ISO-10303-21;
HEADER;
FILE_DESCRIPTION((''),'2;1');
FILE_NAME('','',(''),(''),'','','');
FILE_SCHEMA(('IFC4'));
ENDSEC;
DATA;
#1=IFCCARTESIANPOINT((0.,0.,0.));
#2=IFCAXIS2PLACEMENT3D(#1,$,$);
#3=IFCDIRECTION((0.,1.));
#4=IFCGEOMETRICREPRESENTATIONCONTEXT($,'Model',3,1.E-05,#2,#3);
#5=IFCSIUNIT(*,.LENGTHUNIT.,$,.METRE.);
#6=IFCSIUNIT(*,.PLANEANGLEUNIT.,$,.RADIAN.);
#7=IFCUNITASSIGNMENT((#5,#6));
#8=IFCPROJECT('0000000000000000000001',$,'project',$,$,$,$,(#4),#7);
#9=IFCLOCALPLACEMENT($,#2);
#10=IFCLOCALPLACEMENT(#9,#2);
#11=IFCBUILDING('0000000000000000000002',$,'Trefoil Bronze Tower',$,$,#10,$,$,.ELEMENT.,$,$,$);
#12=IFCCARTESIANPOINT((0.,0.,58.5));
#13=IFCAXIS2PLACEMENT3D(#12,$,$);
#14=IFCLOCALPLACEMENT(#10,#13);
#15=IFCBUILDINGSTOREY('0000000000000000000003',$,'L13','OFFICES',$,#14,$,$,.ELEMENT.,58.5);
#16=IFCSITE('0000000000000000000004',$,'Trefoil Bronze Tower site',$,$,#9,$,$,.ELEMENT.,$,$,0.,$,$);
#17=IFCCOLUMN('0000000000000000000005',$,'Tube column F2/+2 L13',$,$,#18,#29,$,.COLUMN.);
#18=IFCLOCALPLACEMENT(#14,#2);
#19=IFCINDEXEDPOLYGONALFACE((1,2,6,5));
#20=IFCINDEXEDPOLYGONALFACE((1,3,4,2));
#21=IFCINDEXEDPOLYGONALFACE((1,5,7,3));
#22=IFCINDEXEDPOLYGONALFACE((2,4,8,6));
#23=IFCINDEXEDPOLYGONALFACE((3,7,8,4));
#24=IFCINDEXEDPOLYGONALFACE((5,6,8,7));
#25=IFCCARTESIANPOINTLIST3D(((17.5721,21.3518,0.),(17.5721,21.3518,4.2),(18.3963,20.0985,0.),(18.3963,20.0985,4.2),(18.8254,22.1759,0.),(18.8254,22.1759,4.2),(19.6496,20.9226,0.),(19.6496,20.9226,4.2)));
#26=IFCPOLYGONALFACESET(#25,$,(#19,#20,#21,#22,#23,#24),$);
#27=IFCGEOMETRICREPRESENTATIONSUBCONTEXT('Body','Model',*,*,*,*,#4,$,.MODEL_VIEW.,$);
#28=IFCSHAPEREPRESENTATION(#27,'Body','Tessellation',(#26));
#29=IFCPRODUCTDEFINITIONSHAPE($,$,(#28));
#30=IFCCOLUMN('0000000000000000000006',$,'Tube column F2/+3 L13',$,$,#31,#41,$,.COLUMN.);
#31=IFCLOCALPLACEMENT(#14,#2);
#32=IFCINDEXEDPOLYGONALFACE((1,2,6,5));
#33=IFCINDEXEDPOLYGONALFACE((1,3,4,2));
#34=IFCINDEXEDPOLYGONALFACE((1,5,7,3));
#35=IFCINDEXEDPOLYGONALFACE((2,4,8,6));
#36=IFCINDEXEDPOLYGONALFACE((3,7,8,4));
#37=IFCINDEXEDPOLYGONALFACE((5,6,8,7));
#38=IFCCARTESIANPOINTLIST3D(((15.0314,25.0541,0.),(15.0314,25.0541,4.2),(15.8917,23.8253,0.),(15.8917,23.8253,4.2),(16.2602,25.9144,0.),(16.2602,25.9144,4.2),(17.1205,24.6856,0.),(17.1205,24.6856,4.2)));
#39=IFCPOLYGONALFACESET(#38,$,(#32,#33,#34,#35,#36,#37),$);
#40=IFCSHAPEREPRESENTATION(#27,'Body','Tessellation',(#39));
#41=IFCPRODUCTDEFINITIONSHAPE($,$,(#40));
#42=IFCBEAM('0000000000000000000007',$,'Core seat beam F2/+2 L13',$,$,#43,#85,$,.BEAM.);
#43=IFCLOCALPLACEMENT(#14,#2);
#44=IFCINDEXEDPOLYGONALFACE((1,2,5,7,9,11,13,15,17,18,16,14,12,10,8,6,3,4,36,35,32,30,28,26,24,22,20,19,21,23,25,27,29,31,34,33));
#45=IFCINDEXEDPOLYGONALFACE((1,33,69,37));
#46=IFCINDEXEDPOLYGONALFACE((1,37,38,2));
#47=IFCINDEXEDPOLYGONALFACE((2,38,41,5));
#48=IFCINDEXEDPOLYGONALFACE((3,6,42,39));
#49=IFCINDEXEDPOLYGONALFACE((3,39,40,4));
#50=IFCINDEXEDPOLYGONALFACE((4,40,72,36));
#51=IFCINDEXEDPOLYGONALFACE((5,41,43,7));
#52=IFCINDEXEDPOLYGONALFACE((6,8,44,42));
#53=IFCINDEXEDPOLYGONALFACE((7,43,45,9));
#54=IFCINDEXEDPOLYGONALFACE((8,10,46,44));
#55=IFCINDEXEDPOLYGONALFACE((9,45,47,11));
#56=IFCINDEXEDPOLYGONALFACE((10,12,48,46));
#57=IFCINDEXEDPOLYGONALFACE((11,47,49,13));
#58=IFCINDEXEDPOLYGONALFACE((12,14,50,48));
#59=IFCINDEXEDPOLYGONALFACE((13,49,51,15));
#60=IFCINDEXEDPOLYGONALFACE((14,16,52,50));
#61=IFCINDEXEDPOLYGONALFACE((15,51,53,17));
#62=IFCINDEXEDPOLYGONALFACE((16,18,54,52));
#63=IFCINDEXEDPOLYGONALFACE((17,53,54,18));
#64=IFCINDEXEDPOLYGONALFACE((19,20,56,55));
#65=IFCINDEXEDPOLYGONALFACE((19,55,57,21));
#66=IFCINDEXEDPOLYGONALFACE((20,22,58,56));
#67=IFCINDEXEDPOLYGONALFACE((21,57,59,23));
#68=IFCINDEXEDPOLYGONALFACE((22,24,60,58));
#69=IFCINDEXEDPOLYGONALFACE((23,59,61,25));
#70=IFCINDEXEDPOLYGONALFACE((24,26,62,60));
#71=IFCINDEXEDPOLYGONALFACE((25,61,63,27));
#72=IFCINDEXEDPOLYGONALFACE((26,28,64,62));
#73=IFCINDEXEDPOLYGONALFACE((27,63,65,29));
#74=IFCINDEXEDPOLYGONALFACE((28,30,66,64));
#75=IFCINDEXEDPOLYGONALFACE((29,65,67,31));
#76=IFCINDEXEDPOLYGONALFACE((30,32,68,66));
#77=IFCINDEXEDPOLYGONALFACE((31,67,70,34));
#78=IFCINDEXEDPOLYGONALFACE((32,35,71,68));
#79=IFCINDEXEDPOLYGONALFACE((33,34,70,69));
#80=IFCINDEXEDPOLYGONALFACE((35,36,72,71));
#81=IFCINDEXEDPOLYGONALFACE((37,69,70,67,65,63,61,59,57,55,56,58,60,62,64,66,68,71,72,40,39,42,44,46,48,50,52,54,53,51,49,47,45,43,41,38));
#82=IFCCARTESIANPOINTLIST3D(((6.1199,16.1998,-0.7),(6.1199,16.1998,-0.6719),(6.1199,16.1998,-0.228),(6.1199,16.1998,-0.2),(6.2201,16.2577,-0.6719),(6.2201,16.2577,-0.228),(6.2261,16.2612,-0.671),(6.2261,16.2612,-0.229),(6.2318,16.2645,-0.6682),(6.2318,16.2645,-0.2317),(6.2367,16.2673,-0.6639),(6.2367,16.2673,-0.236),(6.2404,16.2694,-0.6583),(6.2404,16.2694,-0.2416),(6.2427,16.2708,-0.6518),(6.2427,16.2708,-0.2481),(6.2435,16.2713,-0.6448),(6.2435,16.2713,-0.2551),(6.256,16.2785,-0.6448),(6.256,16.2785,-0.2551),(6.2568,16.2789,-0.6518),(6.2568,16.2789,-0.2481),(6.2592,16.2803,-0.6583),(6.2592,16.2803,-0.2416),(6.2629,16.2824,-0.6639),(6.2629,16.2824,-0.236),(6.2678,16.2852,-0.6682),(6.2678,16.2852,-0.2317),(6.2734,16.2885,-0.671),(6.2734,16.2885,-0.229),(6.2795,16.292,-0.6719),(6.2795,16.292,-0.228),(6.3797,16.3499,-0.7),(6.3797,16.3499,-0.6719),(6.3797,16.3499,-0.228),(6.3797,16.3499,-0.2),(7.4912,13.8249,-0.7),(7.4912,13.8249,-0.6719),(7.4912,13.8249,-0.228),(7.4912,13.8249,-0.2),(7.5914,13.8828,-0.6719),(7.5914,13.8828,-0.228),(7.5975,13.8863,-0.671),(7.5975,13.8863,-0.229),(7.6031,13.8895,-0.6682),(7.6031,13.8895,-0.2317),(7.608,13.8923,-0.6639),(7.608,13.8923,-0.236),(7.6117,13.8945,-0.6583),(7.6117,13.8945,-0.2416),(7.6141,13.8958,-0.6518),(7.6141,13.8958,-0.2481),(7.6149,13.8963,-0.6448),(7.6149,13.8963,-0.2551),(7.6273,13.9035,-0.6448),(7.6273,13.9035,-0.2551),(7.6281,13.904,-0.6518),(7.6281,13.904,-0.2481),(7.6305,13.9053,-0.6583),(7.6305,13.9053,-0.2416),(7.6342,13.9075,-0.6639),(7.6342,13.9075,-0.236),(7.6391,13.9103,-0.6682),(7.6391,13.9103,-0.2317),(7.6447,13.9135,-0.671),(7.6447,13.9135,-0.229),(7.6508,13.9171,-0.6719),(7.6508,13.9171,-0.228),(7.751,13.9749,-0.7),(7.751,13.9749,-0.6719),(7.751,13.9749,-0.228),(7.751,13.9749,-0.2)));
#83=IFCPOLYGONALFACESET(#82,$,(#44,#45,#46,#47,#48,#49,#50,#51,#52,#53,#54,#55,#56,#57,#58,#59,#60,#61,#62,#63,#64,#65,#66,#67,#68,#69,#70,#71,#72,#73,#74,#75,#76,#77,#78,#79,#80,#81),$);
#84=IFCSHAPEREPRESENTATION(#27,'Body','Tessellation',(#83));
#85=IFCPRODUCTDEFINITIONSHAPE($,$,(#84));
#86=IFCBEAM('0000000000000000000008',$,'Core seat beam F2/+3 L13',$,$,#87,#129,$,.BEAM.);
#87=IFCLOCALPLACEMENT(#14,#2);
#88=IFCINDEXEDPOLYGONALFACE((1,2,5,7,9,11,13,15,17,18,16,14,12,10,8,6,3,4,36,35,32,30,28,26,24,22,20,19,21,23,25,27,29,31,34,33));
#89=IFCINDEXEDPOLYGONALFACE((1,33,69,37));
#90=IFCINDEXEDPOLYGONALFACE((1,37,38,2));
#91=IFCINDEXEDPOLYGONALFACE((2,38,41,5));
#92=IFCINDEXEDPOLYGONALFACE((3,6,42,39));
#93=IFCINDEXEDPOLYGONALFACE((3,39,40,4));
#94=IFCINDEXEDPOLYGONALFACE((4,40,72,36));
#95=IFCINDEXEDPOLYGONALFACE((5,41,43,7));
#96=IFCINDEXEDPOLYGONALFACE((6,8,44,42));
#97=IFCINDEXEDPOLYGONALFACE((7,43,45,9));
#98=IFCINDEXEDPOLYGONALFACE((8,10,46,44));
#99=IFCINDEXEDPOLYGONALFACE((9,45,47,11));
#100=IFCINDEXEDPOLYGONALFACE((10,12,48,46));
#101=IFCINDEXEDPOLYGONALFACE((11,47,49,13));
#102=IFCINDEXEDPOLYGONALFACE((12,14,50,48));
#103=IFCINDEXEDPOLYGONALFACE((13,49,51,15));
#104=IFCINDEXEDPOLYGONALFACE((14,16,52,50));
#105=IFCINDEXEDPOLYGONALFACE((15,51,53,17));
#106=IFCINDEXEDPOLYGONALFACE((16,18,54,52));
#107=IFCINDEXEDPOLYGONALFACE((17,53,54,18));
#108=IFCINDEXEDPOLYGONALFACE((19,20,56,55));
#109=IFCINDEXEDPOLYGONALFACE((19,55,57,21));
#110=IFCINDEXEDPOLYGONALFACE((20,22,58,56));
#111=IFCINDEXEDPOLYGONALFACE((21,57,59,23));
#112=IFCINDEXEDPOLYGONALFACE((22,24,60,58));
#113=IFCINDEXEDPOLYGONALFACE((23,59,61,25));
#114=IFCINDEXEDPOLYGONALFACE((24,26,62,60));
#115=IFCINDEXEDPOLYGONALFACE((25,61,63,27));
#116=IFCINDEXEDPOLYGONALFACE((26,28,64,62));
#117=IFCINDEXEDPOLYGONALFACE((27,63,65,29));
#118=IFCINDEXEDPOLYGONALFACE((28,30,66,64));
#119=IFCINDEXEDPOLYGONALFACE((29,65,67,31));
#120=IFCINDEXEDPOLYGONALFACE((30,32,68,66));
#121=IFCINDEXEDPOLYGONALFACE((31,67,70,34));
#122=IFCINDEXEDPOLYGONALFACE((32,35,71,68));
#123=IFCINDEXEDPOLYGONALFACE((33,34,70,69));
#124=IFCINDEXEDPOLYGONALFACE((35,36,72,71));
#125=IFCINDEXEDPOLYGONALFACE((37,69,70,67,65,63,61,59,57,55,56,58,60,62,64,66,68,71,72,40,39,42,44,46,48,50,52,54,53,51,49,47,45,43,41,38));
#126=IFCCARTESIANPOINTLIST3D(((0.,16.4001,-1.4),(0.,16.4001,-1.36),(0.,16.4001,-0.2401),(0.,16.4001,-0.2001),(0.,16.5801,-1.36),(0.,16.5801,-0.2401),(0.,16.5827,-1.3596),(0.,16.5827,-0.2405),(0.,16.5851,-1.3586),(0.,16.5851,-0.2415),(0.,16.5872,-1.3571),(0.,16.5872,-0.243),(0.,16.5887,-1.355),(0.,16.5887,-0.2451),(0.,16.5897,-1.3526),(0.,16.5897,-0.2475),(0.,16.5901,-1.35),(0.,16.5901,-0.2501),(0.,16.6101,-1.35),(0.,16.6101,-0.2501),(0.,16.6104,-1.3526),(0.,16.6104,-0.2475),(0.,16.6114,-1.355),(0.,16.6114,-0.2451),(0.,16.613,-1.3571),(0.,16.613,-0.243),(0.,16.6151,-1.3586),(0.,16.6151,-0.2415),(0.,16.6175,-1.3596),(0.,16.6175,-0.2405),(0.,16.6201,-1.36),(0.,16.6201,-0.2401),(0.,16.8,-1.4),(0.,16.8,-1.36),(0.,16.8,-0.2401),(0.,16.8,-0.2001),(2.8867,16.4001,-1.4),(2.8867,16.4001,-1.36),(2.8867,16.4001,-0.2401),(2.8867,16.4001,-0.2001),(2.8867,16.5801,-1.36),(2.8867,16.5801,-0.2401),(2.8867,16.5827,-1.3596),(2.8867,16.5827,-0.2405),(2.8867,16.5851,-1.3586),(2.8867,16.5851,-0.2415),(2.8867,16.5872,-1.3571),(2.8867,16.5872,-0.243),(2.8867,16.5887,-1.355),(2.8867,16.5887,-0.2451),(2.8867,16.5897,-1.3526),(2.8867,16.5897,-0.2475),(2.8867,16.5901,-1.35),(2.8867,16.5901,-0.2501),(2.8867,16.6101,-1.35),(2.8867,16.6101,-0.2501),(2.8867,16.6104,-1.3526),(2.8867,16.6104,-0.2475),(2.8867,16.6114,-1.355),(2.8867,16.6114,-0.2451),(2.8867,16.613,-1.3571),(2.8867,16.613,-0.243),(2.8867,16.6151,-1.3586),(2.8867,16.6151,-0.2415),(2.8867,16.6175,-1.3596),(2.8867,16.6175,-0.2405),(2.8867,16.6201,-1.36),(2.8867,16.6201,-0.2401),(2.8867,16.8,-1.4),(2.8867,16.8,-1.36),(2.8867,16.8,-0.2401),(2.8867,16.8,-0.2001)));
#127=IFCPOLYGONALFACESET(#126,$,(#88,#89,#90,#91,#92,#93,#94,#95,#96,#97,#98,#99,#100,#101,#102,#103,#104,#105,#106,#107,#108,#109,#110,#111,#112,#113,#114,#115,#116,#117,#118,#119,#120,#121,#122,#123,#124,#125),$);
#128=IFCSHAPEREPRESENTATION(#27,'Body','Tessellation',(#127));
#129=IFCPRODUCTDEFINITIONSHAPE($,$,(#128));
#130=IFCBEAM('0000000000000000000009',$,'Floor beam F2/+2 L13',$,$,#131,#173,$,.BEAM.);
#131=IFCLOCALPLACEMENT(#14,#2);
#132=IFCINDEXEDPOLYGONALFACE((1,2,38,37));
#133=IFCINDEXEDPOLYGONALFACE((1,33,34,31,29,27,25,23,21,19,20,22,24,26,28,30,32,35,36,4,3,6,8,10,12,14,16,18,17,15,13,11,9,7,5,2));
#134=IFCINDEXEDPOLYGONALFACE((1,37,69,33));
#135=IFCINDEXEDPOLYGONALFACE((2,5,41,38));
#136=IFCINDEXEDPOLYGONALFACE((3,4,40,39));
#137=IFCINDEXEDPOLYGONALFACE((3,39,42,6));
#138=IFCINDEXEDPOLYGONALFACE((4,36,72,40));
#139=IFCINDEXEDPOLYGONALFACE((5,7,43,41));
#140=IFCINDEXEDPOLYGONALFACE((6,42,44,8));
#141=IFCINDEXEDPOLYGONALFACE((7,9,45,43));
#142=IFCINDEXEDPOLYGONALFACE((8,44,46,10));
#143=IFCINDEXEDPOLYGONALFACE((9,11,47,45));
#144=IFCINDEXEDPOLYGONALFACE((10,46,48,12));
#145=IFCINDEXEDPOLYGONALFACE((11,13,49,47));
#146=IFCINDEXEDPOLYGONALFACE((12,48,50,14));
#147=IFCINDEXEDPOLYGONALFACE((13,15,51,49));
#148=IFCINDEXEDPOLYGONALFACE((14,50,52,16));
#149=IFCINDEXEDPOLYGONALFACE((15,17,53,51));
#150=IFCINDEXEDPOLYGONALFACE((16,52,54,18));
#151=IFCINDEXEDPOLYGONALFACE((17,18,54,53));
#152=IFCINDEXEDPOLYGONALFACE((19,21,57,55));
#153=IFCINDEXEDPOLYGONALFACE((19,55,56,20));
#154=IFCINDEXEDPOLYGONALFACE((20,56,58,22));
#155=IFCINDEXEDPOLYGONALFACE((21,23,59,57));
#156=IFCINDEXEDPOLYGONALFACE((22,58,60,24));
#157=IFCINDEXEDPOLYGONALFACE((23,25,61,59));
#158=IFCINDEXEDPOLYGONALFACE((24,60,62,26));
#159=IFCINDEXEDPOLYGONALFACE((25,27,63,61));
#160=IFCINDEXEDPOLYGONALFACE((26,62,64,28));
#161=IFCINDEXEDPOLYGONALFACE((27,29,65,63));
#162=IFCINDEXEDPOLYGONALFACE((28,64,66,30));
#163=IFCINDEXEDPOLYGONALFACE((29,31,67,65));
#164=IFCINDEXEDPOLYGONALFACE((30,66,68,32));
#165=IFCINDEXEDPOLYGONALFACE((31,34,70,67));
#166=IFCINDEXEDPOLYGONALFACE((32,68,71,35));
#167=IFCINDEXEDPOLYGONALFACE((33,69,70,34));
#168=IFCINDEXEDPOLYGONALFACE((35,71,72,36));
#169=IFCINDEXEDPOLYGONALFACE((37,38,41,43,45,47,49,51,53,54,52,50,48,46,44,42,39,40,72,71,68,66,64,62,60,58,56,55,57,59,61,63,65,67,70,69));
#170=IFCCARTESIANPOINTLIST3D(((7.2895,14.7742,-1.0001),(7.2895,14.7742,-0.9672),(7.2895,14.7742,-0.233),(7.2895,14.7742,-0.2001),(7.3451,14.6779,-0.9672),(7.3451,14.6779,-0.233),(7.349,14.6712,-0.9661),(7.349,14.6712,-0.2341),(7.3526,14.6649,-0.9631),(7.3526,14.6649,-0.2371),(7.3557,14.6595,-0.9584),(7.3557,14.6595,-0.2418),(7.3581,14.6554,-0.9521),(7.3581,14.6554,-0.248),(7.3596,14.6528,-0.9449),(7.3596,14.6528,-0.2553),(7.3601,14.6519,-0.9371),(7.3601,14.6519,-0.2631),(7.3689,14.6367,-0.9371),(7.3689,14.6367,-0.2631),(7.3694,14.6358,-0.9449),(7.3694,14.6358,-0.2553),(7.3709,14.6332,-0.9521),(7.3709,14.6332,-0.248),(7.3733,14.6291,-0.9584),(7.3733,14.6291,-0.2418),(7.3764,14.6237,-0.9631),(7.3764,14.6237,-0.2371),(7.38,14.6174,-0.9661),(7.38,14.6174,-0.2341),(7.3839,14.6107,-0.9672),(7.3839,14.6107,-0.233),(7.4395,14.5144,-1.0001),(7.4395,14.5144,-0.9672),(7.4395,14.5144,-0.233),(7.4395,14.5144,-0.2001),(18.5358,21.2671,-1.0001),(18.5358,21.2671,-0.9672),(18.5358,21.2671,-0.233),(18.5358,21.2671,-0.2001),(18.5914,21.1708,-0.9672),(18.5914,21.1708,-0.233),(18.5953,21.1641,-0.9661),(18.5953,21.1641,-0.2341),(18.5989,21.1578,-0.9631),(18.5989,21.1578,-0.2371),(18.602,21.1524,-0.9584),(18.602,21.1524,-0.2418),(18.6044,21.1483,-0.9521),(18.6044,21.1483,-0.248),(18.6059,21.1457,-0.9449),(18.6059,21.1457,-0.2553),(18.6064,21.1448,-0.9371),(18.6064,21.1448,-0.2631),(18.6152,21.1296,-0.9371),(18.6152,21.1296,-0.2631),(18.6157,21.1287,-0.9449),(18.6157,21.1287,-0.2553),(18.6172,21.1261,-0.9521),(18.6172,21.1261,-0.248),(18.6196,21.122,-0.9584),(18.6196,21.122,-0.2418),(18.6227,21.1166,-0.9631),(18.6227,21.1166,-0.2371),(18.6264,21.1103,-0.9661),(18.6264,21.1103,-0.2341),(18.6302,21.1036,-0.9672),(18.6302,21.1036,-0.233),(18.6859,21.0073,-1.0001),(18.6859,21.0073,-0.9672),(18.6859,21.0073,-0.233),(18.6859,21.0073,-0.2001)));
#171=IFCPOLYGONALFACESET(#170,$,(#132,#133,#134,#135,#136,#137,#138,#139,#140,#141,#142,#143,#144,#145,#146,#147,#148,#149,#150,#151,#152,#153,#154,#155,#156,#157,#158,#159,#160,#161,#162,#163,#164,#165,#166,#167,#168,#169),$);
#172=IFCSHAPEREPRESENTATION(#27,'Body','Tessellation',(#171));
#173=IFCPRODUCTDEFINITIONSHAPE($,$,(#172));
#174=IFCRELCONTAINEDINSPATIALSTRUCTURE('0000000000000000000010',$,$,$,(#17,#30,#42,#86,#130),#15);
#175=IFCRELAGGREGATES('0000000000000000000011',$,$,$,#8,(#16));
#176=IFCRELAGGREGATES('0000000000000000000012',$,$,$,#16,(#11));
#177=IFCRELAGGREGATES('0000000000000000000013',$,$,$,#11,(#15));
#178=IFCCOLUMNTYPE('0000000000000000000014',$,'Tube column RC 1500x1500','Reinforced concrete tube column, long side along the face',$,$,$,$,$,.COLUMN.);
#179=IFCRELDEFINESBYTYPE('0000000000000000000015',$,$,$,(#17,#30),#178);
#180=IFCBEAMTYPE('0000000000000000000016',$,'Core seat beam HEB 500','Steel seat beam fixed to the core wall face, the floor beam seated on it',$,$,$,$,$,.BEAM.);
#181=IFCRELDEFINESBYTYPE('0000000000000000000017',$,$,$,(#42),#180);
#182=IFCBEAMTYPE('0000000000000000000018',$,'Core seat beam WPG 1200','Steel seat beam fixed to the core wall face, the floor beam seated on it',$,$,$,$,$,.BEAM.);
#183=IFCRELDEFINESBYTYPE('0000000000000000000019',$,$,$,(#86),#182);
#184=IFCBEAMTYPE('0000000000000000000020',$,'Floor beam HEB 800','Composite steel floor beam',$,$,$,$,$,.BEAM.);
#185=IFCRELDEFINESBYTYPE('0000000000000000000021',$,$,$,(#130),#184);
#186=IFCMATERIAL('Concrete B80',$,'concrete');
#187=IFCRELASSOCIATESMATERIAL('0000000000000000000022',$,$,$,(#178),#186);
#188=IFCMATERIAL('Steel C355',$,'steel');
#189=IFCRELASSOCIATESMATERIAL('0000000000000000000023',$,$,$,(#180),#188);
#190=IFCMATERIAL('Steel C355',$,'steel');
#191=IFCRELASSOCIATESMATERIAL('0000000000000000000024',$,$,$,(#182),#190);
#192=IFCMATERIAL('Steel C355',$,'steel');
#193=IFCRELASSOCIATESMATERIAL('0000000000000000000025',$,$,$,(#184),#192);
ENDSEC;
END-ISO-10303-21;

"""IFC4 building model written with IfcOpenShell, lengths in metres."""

from ifc_helpers import new_model, si_unit, direction, frame, origin, origin_2d, place, context, subcontext, project, spatial, rectangle, i_section, extrude, material, material_profile, profile_set, type_object, element, save


model = new_model("IFC4")

# Units and contexts
model_context = context("Model", 3, precision=1e-05, world=origin(), true_north=direction((0.0, 1.0)))
body_context = subcontext(model_context, "Body", "Model", "MODEL_VIEW")
ifc_project = project(units=[si_unit("LENGTHUNIT", "METRE"), si_unit("PLANEANGLEUNIT", "RADIAN")], contexts=[model_context])

# Site, building, storey
site_placement = place(None, origin())
site = spatial("IfcSite", under=ifc_project, at=site_placement, Name="Trefoil Bronze Tower site", CompositionType="ELEMENT", RefElevation=0.0)
building_placement = place(site_placement, origin())
building = spatial("IfcBuilding", under=site, at=building_placement, Name="Trefoil Bronze Tower", CompositionType="ELEMENT")
storey_placement = place(building_placement, frame((0.0, 0.0, 58.5)))
storey = spatial("IfcBuildingStorey", under=building, at=storey_placement, Name="L13", Description="OFFICES", CompositionType="ELEMENT", Elevation=58.5)

# Columns
ifc_material_1 = material(Name="Concrete B80", Category="concrete")
ifc_material_profile_1 = material_profile(ifc_material_1, rectangle(XDim=1.5, YDim=1.5, at=origin_2d()), Name="RC 1500x1500")
ifc_profile_set_1 = profile_set([ifc_material_profile_1], Name="Concrete B80")
column_type = type_object("IfcColumnType", Name="Tube column RC 1500x1500", Description="Reinforced concrete tube column, long side along the face", PredefinedType="COLUMN", material=ifc_profile_set_1)
for number, where, z_axis, x_axis, name in (
    (1, (18.6108, 21.1372, 0.0), (0.0, 0.0, 1.0), (-0.549424, 0.835544, 0.0), "Tube column F2/+2 L13"),
    (2, (16.0759, 24.8699, 0.0), (0.0, 0.0, 1.0), (-0.573502, 0.819204, 0.0), "Tube column F2/+3 L13"),
):
    element("IfcColumn", number, at=place(storey_placement, frame(where, z_axis=z_axis, x_axis=x_axis)), inside=storey, type_object=column_type, Name=name, PredefinedType="COLUMN", context=body_context, shape_type="SweptSolid", body=[
        extrude(rectangle(XDim=1.5, YDim=1.5, at=origin_2d()), origin(), (0.0, 0.0, 1.0), 4.2),
    ])

# Beams
ifc_material_2 = material(Name="Steel C355", Category="steel")
ifc_material_profile_2 = material_profile(ifc_material_2, i_section(OverallWidth=0.3, OverallDepth=0.5, WebThickness=0.0144, FlangeThickness=0.0281, FilletRadius=0.0271, at=origin_2d()), Name="HEB 500")
ifc_profile_set_2 = profile_set([ifc_material_profile_2], Name="Steel C355")
beam_type_1 = type_object("IfcBeamType", Name="Core seat beam HEB 500", Description="Steel seat beam fixed to the core wall face, the floor beam seated on it", PredefinedType="BEAM", material=ifc_profile_set_2)
beam_1_placement = place(storey_placement, frame((7.6211, 13.8999, -0.45), z_axis=(-0.500036, 0.866005, 0.0), x_axis=(-0.866005, -0.500036, 0.0)))
element("IfcBeam", 3, at=beam_1_placement, inside=storey, type_object=beam_type_1, Name="Core seat beam F2/+2 L13", PredefinedType="BEAM", context=body_context, shape_type="SweptSolid", body=[
    extrude(i_section(OverallWidth=0.3, OverallDepth=0.5, WebThickness=0.0144, FlangeThickness=0.0281, FilletRadius=0.0271, at=origin_2d()), origin(), (0.0, 0.0, 1.0), 2.7424),
])
ifc_material_3 = material(Name="Steel C355", Category="steel")
ifc_material_profile_3 = material_profile(ifc_material_3, i_section(OverallWidth=0.3999, OverallDepth=1.2, WebThickness=0.02, FlangeThickness=0.04, FilletRadius=0.01, at=origin_2d()), Name="WPG 1200")
ifc_profile_set_3 = profile_set([ifc_material_profile_3], Name="Steel C355")
beam_type_2 = type_object("IfcBeamType", Name="Core seat beam WPG 1200", Description="Steel seat beam fixed to the core wall face, the floor beam seated on it", PredefinedType="BEAM", material=ifc_profile_set_3)
beam_2_placement = place(storey_placement, frame((2.8867, 16.6001, -0.8), z_axis=(-1.0, 0.0, 0.0), x_axis=(0.0, -1.0, 0.0)))
element("IfcBeam", 4, at=beam_2_placement, inside=storey, type_object=beam_type_2, Name="Core seat beam F2/+3 L13", PredefinedType="BEAM", context=body_context, shape_type="SweptSolid", body=[
    extrude(i_section(OverallWidth=0.3999, OverallDepth=1.2, WebThickness=0.02, FlangeThickness=0.04, FilletRadius=0.01, at=origin_2d()), origin(), (0.0, 0.0, 1.0), 2.8867),
])
ifc_material_4 = material(Name="Steel C355", Category="steel")
ifc_material_profile_4 = material_profile(ifc_material_4, i_section(OverallWidth=0.3, OverallDepth=0.8, WebThickness=0.0176, FlangeThickness=0.033, FilletRadius=0.03, at=origin_2d()), Name="HEB 800")
ifc_profile_set_4 = profile_set([ifc_material_profile_4], Name="Steel C355")
beam_type_3 = type_object("IfcBeamType", Name="Floor beam HEB 800", Description="Composite steel floor beam", PredefinedType="BEAM", material=ifc_profile_set_4)
beam_3_placement = place(storey_placement, frame((18.6108, 21.1372, -0.6001), z_axis=(-0.866031, -0.499991, 0.0), x_axis=(0.499991, -0.866031, 0.0)))
element("IfcBeam", 5, at=beam_3_placement, inside=storey, type_object=beam_type_3, Name="Floor beam F2/+2 L13", PredefinedType="BEAM", context=body_context, shape_type="SweptSolid", body=[
    extrude(i_section(OverallWidth=0.3, OverallDepth=0.8, WebThickness=0.0176, FlangeThickness=0.033, FilletRadius=0.03, at=origin_2d()), origin(), (0.0, 0.0, 1.0), 12.9861),
])

save(model, "model.ifc")
